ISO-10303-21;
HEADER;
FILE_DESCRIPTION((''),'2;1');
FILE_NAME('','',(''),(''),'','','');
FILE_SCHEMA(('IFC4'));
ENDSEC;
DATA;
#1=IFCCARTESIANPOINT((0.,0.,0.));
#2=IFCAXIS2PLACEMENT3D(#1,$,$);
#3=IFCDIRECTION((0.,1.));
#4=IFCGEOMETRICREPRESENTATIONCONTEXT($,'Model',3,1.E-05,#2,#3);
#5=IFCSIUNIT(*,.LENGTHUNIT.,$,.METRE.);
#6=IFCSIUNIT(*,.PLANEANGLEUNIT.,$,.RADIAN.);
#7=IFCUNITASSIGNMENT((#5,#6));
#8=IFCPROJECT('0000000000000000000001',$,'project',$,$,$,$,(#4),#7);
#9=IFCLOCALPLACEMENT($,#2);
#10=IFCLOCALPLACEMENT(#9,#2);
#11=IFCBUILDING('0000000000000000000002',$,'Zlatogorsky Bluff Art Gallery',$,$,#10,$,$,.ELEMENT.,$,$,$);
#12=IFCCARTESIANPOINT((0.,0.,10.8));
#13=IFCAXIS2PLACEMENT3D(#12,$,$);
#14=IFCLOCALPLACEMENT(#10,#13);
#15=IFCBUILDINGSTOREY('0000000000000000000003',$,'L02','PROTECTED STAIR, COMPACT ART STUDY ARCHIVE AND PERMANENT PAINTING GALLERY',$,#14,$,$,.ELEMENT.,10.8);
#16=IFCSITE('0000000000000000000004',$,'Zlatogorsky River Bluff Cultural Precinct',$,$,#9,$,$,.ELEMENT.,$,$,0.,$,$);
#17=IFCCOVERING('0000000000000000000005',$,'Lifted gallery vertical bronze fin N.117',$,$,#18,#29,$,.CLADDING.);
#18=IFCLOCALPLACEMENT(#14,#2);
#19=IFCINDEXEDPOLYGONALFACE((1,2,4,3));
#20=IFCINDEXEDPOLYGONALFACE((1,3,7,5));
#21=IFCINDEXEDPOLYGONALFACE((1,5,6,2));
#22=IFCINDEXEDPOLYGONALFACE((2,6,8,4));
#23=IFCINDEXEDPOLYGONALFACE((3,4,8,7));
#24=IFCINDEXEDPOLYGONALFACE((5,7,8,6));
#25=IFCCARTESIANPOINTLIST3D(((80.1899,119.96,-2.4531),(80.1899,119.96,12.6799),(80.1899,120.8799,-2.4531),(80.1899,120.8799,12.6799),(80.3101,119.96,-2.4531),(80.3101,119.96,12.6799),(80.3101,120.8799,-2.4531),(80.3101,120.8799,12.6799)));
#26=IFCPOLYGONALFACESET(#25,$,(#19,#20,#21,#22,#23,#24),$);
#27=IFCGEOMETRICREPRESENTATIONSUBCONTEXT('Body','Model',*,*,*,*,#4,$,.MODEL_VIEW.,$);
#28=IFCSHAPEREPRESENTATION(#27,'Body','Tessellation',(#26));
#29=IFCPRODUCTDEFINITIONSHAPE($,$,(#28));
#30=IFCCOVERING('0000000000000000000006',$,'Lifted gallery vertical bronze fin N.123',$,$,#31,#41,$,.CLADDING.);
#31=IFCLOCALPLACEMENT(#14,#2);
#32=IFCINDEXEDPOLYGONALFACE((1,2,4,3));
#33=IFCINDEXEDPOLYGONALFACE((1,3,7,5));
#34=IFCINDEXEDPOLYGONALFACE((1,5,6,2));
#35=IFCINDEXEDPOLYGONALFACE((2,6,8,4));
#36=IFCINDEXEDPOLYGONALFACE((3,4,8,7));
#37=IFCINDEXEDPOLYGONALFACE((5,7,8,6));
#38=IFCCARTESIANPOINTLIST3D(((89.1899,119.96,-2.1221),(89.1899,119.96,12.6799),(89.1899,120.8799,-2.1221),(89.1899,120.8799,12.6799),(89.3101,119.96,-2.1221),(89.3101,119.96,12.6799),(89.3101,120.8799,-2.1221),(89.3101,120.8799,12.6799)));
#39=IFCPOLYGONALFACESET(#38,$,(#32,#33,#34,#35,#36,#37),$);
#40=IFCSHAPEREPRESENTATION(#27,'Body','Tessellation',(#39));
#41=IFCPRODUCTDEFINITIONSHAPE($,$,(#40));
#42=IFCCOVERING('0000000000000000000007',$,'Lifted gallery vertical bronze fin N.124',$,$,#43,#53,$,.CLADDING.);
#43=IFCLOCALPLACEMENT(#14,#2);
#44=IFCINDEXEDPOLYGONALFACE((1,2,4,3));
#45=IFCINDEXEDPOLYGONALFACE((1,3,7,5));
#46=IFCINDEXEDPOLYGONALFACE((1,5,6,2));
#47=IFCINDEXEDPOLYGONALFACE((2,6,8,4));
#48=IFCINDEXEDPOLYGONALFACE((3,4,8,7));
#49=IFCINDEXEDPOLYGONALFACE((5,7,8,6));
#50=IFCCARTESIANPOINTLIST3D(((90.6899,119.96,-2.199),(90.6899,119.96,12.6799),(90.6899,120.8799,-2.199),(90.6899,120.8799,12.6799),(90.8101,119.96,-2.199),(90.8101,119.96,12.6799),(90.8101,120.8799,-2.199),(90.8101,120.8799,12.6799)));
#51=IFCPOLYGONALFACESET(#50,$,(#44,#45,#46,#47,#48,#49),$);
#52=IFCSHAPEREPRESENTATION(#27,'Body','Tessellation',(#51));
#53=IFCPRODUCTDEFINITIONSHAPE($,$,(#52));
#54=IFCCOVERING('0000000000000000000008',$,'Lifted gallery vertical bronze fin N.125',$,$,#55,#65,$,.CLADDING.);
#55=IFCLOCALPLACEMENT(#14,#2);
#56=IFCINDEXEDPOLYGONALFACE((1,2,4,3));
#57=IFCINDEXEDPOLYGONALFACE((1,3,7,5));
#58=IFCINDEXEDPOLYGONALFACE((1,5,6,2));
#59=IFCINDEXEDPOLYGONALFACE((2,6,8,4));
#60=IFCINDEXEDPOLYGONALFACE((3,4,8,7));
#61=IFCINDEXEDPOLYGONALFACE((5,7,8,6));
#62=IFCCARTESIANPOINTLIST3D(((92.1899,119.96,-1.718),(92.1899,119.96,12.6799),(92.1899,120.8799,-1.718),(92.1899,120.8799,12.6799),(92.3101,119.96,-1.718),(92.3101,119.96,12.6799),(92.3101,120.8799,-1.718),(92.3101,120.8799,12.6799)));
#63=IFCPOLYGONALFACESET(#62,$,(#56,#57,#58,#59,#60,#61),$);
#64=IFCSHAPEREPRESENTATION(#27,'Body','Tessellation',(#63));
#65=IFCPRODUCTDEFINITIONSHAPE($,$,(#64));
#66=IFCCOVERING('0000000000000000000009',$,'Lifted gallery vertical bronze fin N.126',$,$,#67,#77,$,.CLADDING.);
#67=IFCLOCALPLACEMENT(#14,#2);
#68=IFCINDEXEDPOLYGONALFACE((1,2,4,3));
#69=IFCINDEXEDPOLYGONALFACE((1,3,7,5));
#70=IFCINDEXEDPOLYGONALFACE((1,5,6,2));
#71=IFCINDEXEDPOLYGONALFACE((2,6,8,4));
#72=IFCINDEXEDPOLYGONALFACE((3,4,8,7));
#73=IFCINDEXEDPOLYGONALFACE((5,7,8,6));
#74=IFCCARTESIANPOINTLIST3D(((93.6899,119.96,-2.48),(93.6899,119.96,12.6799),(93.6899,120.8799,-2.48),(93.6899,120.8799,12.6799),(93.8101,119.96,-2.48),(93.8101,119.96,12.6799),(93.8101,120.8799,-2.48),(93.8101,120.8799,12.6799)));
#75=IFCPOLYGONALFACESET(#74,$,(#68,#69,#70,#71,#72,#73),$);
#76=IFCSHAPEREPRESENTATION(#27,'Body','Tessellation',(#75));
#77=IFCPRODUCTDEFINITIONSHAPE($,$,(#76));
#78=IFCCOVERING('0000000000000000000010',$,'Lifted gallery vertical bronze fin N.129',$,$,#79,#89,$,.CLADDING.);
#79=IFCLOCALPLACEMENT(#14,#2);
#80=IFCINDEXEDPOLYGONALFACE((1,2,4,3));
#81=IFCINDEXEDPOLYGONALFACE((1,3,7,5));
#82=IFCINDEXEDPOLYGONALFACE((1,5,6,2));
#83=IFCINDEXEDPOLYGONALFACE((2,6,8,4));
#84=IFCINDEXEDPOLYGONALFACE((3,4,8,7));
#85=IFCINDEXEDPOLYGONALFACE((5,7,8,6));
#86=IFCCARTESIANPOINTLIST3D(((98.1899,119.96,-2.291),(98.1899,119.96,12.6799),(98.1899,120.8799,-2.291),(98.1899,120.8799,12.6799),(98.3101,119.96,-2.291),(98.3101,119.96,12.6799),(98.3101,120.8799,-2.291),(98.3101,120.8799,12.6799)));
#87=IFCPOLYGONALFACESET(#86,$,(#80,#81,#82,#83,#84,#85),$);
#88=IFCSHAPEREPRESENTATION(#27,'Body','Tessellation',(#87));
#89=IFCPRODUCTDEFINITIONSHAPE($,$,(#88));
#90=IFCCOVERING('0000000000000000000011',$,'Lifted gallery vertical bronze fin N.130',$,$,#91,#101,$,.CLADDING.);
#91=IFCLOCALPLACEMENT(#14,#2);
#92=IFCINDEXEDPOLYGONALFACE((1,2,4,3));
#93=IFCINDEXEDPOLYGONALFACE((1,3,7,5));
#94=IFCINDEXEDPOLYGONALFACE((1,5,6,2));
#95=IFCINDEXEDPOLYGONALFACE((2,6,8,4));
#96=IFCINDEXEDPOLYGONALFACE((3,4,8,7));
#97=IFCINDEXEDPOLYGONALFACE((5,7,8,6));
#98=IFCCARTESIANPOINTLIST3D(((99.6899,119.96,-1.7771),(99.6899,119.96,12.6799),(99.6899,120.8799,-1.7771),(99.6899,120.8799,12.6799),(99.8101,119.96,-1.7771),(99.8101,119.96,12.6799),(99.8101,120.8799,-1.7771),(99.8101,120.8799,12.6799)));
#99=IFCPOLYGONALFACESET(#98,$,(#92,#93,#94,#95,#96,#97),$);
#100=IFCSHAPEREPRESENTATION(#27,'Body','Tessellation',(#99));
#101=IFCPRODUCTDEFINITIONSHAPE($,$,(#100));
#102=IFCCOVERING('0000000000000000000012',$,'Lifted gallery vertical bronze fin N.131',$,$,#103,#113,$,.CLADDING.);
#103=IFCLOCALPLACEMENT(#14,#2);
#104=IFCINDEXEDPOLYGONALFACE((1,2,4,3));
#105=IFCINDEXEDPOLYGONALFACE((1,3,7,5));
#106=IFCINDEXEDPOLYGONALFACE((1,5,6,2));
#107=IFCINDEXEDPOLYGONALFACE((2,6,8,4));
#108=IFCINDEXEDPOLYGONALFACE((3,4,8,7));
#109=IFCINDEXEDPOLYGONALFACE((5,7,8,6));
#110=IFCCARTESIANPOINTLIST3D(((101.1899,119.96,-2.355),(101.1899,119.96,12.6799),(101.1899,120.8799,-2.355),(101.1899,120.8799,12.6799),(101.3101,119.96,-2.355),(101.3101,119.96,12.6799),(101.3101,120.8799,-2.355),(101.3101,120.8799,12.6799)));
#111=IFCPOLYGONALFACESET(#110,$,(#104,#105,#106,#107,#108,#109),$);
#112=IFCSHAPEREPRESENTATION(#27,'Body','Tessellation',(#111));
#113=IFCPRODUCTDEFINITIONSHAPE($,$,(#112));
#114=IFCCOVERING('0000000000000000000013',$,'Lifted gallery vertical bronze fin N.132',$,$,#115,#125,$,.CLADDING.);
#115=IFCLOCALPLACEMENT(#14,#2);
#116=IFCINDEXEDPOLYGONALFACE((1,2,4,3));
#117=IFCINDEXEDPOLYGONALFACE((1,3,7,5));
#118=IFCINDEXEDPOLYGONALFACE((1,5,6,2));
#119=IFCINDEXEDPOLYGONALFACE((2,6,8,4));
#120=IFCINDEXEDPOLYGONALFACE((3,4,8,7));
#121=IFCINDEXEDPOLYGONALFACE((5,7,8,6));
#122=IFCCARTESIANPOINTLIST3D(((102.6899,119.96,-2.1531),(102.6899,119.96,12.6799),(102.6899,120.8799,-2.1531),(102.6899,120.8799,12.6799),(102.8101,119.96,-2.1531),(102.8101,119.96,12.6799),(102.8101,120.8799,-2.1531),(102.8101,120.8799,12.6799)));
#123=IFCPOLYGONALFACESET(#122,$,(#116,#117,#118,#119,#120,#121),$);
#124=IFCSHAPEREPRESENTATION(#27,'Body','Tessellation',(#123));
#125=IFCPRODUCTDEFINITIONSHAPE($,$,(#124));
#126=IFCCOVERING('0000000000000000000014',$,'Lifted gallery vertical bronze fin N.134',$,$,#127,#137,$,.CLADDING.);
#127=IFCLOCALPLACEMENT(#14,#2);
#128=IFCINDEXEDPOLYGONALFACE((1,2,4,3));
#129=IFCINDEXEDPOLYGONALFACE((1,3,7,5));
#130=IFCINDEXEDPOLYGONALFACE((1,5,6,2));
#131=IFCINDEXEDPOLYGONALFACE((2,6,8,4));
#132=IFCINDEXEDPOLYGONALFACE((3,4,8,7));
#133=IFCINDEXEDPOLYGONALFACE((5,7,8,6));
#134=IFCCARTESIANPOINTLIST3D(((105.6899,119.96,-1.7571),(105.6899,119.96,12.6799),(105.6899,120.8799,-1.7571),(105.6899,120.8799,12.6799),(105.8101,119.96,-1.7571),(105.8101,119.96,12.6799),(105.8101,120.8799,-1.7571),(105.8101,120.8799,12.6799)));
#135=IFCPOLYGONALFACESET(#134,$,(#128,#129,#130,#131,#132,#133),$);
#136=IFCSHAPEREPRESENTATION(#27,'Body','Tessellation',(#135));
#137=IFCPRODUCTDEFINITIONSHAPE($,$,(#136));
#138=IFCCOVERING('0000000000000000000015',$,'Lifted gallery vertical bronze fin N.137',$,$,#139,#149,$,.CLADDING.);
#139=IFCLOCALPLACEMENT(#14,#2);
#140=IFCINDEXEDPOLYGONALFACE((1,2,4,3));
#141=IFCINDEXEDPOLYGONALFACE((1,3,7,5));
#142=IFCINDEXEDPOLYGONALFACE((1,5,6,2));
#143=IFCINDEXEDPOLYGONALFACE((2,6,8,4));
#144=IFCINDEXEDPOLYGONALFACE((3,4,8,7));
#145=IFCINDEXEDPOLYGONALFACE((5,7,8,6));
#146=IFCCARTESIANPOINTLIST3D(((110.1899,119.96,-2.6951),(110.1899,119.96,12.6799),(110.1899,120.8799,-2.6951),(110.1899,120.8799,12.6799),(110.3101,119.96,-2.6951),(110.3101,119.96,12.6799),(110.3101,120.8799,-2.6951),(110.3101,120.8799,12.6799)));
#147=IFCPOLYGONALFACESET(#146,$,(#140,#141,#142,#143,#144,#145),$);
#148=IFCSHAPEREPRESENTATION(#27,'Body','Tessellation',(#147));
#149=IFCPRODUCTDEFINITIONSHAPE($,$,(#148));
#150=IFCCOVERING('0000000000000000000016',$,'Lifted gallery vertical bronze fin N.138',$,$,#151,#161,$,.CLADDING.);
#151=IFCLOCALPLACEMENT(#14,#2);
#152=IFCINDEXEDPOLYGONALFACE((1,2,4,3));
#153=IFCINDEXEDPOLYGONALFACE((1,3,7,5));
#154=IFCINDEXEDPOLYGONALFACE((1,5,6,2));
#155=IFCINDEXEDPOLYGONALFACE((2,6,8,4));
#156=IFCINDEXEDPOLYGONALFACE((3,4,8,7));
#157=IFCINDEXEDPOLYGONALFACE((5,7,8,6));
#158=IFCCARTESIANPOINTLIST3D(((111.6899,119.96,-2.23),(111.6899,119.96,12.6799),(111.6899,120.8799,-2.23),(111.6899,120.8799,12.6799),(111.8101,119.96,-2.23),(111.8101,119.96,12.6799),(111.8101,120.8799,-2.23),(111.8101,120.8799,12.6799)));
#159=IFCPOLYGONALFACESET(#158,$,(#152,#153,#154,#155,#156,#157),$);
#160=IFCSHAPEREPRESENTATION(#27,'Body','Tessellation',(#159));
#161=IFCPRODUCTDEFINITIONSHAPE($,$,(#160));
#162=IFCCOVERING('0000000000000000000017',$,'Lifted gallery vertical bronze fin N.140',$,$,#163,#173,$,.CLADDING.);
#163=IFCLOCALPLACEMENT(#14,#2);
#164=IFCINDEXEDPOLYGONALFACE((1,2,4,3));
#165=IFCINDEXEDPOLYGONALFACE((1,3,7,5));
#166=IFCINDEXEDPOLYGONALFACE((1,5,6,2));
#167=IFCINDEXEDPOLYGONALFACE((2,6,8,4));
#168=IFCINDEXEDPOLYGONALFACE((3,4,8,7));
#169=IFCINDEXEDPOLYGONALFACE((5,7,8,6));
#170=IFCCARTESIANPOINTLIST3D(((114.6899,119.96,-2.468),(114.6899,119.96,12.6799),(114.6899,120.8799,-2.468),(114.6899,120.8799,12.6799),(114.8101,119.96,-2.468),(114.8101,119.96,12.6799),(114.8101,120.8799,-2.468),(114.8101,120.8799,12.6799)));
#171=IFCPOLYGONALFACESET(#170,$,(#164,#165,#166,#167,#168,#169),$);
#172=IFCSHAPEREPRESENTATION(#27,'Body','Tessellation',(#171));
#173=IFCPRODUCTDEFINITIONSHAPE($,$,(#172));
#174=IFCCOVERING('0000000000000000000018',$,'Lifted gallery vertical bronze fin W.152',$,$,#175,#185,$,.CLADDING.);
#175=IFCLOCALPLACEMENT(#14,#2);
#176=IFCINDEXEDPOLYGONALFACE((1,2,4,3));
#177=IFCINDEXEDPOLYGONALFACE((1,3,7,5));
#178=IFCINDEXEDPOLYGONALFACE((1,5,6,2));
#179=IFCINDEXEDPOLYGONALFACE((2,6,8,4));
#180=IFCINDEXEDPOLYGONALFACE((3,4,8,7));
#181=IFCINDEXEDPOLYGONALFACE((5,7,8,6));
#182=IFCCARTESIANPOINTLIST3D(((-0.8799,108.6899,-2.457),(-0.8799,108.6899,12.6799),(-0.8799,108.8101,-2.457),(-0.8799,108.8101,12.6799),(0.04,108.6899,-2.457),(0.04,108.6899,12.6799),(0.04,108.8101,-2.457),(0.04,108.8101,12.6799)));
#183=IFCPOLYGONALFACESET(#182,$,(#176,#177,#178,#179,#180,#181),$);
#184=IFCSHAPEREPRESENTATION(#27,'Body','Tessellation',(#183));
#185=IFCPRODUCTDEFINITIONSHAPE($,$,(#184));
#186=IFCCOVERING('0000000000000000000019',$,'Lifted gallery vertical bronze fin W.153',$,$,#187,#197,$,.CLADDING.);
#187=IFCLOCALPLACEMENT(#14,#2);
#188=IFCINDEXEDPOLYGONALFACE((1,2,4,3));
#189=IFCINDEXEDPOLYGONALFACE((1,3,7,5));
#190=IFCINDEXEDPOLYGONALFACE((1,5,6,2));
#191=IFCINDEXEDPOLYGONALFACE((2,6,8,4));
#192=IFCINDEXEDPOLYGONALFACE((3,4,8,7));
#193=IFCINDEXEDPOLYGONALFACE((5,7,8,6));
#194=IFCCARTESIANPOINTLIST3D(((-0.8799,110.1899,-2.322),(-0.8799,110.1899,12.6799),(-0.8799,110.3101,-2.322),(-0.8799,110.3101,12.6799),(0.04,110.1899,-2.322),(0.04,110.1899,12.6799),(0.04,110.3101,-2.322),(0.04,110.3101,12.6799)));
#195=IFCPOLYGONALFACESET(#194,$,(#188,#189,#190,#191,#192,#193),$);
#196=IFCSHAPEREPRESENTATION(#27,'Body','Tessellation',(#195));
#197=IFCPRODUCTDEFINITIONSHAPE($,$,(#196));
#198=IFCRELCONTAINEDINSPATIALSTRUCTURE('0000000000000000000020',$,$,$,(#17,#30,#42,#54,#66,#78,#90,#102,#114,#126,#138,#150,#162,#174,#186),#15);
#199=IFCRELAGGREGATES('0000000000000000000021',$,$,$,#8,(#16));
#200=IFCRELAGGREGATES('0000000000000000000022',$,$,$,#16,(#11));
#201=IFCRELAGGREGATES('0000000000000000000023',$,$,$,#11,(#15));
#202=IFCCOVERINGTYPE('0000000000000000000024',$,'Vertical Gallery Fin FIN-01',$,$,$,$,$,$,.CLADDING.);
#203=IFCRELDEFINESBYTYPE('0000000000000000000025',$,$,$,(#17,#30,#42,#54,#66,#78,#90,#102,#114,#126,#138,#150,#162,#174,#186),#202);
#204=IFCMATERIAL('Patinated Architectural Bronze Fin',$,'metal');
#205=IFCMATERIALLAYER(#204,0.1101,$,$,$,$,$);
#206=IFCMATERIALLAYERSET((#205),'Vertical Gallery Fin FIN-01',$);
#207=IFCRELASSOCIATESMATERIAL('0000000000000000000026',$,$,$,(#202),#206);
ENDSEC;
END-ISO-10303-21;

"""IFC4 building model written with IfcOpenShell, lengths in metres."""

from ifc_helpers import new_model, si_unit, direction, frame, origin, place, context, subcontext, project, spatial, polyline, outline, extrude, material, layer, layer_set, type_object, element, save


model = new_model("IFC4")

# Units and contexts
model_context = context("Model", 3, precision=1e-05, world=origin(), true_north=direction((0.0, 1.0)))
body_context = subcontext(model_context, "Body", "Model", "MODEL_VIEW")
ifc_project = project(units=[si_unit("LENGTHUNIT", "METRE"), si_unit("PLANEANGLEUNIT", "RADIAN")], contexts=[model_context])

# Site, building, storey
site_placement = place(None, origin())
site = spatial("IfcSite", under=ifc_project, at=site_placement, Name="Zlatogorsky River Bluff Cultural Precinct", CompositionType="ELEMENT", RefElevation=0.0)
building_placement = place(site_placement, origin())
building = spatial("IfcBuilding", under=site, at=building_placement, Name="Zlatogorsky Bluff Art Gallery", CompositionType="ELEMENT")
storey_placement = place(building_placement, frame((0.0, 0.0, 10.8)))
storey = spatial("IfcBuildingStorey", under=building, at=storey_placement, Name="L02", Description="PROTECTED STAIR, COMPACT ART STUDY ARCHIVE AND PERMANENT PAINTING GALLERY", CompositionType="ELEMENT", Elevation=10.8)

# Coverings
ifc_material = material(Name="Patinated Architectural Bronze Fin", Category="metal")
ifc_layer = layer(ifc_material, 0.1101)
ifc_layer_set = layer_set([ifc_layer], Name="Vertical Gallery Fin FIN-01")
covering_type = type_object("IfcCoveringType", Name="Vertical Gallery Fin FIN-01", PredefinedType="CLADDING", material=ifc_layer_set)
covering_1_placement = place(storey_placement, frame((0.0, 0.0, -2.4531)))
element("IfcCovering", 1, at=covering_1_placement, inside=storey, type_object=covering_type, Name="Lifted gallery vertical bronze fin N.117", PredefinedType="CLADDING", context=body_context, shape_type="SweptSolid", body=[
    extrude(outline(polyline([(80.1899, 119.96), (80.3101, 119.96), (80.3101, 120.8799), (80.1899, 120.8799), (80.1899, 119.96)])), origin(), (0.0, 0.0, 1.0), 15.1331),
])
covering_2_placement = place(storey_placement, frame((0.0, 0.0, -2.1221)))
element("IfcCovering", 2, at=covering_2_placement, inside=storey, type_object=covering_type, Name="Lifted gallery vertical bronze fin N.123", PredefinedType="CLADDING", context=body_context, shape_type="SweptSolid", body=[
    extrude(outline(polyline([(89.1899, 119.96), (89.3101, 119.96), (89.3101, 120.8799), (89.1899, 120.8799), (89.1899, 119.96)])), origin(), (0.0, 0.0, 1.0), 14.802),
])
covering_3_placement = place(storey_placement, frame((0.0, 0.0, -2.199)))
element("IfcCovering", 3, at=covering_3_placement, inside=storey, type_object=covering_type, Name="Lifted gallery vertical bronze fin N.124", PredefinedType="CLADDING", context=body_context, shape_type="SweptSolid", body=[
    extrude(outline(polyline([(90.6899, 119.96), (90.8101, 119.96), (90.8101, 120.8799), (90.6899, 120.8799), (90.6899, 119.96)])), origin(), (0.0, 0.0, 1.0), 14.8789),
])
covering_4_placement = place(storey_placement, frame((0.0, 0.0, -1.718)))
element("IfcCovering", 4, at=covering_4_placement, inside=storey, type_object=covering_type, Name="Lifted gallery vertical bronze fin N.125", PredefinedType="CLADDING", context=body_context, shape_type="SweptSolid", body=[
    extrude(outline(polyline([(92.1899, 119.96), (92.3101, 119.96), (92.3101, 120.8799), (92.1899, 120.8799), (92.1899, 119.96)])), origin(), (0.0, 0.0, 1.0), 14.3979),
])
covering_5_placement = place(storey_placement, frame((0.0, 0.0, -2.48)))
element("IfcCovering", 5, at=covering_5_placement, inside=storey, type_object=covering_type, Name="Lifted gallery vertical bronze fin N.126", PredefinedType="CLADDING", context=body_context, shape_type="SweptSolid", body=[
    extrude(outline(polyline([(93.6899, 119.96), (93.8101, 119.96), (93.8101, 120.8799), (93.6899, 120.8799), (93.6899, 119.96)])), origin(), (0.0, 0.0, 1.0), 15.1599),
])
covering_6_placement = place(storey_placement, frame((0.0, 0.0, -2.291)))
element("IfcCovering", 6, at=covering_6_placement, inside=storey, type_object=covering_type, Name="Lifted gallery vertical bronze fin N.129", PredefinedType="CLADDING", context=body_context, shape_type="SweptSolid", body=[
    extrude(outline(polyline([(98.1899, 119.96), (98.3101, 119.96), (98.3101, 120.8799), (98.1899, 120.8799), (98.1899, 119.96)])), origin(), (0.0, 0.0, 1.0), 14.9709),
])
covering_7_placement = place(storey_placement, frame((0.0, 0.0, -1.7771)))
element("IfcCovering", 7, at=covering_7_placement, inside=storey, type_object=covering_type, Name="Lifted gallery vertical bronze fin N.130", PredefinedType="CLADDING", context=body_context, shape_type="SweptSolid", body=[
    extrude(outline(polyline([(99.6899, 119.96), (99.8101, 119.96), (99.8101, 120.8799), (99.6899, 120.8799), (99.6899, 119.96)])), origin(), (0.0, 0.0, 1.0), 14.457),
])
covering_8_placement = place(storey_placement, frame((0.0, 0.0, -2.355)))
element("IfcCovering", 8, at=covering_8_placement, inside=storey, type_object=covering_type, Name="Lifted gallery vertical bronze fin N.131", PredefinedType="CLADDING", context=body_context, shape_type="SweptSolid", body=[
    extrude(outline(polyline([(101.1899, 119.96), (101.3101, 119.96), (101.3101, 120.8799), (101.1899, 120.8799), (101.1899, 119.96)])), origin(), (0.0, 0.0, 1.0), 15.0349),
])
covering_9_placement = place(storey_placement, frame((0.0, 0.0, -2.1531)))
element("IfcCovering", 9, at=covering_9_placement, inside=storey, type_object=covering_type, Name="Lifted gallery vertical bronze fin N.132", PredefinedType="CLADDING", context=body_context, shape_type="SweptSolid", body=[
    extrude(outline(polyline([(102.6899, 119.96), (102.8101, 119.96), (102.8101, 120.8799), (102.6899, 120.8799), (102.6899, 119.96)])), origin(), (0.0, 0.0, 1.0), 14.833),
])
covering_10_placement = place(storey_placement, frame((0.0, 0.0, -1.7571)))
element("IfcCovering", 10, at=covering_10_placement, inside=storey, type_object=covering_type, Name="Lifted gallery vertical bronze fin N.134", PredefinedType="CLADDING", context=body_context, shape_type="SweptSolid", body=[
    extrude(outline(polyline([(105.6899, 119.96), (105.8101, 119.96), (105.8101, 120.8799), (105.6899, 120.8799), (105.6899, 119.96)])), origin(), (0.0, 0.0, 1.0), 14.437),
])
covering_11_placement = place(storey_placement, frame((0.0, 0.0, -2.6951)))
element("IfcCovering", 11, at=covering_11_placement, inside=storey, type_object=covering_type, Name="Lifted gallery vertical bronze fin N.137", PredefinedType="CLADDING", context=body_context, shape_type="SweptSolid", body=[
    extrude(outline(polyline([(110.1899, 119.96), (110.3101, 119.96), (110.3101, 120.8799), (110.1899, 120.8799), (110.1899, 119.96)])), origin(), (0.0, 0.0, 1.0), 15.375),
])
covering_12_placement = place(storey_placement, frame((0.0, 0.0, -2.23)))
element("IfcCovering", 12, at=covering_12_placement, inside=storey, type_object=covering_type, Name="Lifted gallery vertical bronze fin N.138", PredefinedType="CLADDING", context=body_context, shape_type="SweptSolid", body=[
    extrude(outline(polyline([(111.6899, 119.96), (111.8101, 119.96), (111.8101, 120.8799), (111.6899, 120.8799), (111.6899, 119.96)])), origin(), (0.0, 0.0, 1.0), 14.9099),
])
covering_13_placement = place(storey_placement, frame((0.0, 0.0, -2.468)))
element("IfcCovering", 13, at=covering_13_placement, inside=storey, type_object=covering_type, Name="Lifted gallery vertical bronze fin N.140", PredefinedType="CLADDING", context=body_context, shape_type="SweptSolid", body=[
    extrude(outline(polyline([(114.6899, 119.96), (114.8101, 119.96), (114.8101, 120.8799), (114.6899, 120.8799), (114.6899, 119.96)])), origin(), (0.0, 0.0, 1.0), 15.1479),
])
covering_14_placement = place(storey_placement, frame((0.0, 0.0, -2.457)))
element("IfcCovering", 14, at=covering_14_placement, inside=storey, type_object=covering_type, Name="Lifted gallery vertical bronze fin W.152", PredefinedType="CLADDING", context=body_context, shape_type="SweptSolid", body=[
    extrude(outline(polyline([(-0.8799, 108.6899), (0.04, 108.6899), (0.04, 108.8101), (-0.8799, 108.8101), (-0.8799, 108.6899)])), origin(), (0.0, 0.0, 1.0), 15.137),
])
covering_15_placement = place(storey_placement, frame((0.0, 0.0, -2.322)))
element("IfcCovering", 15, at=covering_15_placement, inside=storey, type_object=covering_type, Name="Lifted gallery vertical bronze fin W.153", PredefinedType="CLADDING", context=body_context, shape_type="SweptSolid", body=[
    extrude(outline(polyline([(-0.8799, 110.1899), (0.04, 110.1899), (0.04, 110.3101), (-0.8799, 110.3101), (-0.8799, 110.1899)])), origin(), (0.0, 0.0, 1.0), 15.002),
])

save(model, "model.ifc")
